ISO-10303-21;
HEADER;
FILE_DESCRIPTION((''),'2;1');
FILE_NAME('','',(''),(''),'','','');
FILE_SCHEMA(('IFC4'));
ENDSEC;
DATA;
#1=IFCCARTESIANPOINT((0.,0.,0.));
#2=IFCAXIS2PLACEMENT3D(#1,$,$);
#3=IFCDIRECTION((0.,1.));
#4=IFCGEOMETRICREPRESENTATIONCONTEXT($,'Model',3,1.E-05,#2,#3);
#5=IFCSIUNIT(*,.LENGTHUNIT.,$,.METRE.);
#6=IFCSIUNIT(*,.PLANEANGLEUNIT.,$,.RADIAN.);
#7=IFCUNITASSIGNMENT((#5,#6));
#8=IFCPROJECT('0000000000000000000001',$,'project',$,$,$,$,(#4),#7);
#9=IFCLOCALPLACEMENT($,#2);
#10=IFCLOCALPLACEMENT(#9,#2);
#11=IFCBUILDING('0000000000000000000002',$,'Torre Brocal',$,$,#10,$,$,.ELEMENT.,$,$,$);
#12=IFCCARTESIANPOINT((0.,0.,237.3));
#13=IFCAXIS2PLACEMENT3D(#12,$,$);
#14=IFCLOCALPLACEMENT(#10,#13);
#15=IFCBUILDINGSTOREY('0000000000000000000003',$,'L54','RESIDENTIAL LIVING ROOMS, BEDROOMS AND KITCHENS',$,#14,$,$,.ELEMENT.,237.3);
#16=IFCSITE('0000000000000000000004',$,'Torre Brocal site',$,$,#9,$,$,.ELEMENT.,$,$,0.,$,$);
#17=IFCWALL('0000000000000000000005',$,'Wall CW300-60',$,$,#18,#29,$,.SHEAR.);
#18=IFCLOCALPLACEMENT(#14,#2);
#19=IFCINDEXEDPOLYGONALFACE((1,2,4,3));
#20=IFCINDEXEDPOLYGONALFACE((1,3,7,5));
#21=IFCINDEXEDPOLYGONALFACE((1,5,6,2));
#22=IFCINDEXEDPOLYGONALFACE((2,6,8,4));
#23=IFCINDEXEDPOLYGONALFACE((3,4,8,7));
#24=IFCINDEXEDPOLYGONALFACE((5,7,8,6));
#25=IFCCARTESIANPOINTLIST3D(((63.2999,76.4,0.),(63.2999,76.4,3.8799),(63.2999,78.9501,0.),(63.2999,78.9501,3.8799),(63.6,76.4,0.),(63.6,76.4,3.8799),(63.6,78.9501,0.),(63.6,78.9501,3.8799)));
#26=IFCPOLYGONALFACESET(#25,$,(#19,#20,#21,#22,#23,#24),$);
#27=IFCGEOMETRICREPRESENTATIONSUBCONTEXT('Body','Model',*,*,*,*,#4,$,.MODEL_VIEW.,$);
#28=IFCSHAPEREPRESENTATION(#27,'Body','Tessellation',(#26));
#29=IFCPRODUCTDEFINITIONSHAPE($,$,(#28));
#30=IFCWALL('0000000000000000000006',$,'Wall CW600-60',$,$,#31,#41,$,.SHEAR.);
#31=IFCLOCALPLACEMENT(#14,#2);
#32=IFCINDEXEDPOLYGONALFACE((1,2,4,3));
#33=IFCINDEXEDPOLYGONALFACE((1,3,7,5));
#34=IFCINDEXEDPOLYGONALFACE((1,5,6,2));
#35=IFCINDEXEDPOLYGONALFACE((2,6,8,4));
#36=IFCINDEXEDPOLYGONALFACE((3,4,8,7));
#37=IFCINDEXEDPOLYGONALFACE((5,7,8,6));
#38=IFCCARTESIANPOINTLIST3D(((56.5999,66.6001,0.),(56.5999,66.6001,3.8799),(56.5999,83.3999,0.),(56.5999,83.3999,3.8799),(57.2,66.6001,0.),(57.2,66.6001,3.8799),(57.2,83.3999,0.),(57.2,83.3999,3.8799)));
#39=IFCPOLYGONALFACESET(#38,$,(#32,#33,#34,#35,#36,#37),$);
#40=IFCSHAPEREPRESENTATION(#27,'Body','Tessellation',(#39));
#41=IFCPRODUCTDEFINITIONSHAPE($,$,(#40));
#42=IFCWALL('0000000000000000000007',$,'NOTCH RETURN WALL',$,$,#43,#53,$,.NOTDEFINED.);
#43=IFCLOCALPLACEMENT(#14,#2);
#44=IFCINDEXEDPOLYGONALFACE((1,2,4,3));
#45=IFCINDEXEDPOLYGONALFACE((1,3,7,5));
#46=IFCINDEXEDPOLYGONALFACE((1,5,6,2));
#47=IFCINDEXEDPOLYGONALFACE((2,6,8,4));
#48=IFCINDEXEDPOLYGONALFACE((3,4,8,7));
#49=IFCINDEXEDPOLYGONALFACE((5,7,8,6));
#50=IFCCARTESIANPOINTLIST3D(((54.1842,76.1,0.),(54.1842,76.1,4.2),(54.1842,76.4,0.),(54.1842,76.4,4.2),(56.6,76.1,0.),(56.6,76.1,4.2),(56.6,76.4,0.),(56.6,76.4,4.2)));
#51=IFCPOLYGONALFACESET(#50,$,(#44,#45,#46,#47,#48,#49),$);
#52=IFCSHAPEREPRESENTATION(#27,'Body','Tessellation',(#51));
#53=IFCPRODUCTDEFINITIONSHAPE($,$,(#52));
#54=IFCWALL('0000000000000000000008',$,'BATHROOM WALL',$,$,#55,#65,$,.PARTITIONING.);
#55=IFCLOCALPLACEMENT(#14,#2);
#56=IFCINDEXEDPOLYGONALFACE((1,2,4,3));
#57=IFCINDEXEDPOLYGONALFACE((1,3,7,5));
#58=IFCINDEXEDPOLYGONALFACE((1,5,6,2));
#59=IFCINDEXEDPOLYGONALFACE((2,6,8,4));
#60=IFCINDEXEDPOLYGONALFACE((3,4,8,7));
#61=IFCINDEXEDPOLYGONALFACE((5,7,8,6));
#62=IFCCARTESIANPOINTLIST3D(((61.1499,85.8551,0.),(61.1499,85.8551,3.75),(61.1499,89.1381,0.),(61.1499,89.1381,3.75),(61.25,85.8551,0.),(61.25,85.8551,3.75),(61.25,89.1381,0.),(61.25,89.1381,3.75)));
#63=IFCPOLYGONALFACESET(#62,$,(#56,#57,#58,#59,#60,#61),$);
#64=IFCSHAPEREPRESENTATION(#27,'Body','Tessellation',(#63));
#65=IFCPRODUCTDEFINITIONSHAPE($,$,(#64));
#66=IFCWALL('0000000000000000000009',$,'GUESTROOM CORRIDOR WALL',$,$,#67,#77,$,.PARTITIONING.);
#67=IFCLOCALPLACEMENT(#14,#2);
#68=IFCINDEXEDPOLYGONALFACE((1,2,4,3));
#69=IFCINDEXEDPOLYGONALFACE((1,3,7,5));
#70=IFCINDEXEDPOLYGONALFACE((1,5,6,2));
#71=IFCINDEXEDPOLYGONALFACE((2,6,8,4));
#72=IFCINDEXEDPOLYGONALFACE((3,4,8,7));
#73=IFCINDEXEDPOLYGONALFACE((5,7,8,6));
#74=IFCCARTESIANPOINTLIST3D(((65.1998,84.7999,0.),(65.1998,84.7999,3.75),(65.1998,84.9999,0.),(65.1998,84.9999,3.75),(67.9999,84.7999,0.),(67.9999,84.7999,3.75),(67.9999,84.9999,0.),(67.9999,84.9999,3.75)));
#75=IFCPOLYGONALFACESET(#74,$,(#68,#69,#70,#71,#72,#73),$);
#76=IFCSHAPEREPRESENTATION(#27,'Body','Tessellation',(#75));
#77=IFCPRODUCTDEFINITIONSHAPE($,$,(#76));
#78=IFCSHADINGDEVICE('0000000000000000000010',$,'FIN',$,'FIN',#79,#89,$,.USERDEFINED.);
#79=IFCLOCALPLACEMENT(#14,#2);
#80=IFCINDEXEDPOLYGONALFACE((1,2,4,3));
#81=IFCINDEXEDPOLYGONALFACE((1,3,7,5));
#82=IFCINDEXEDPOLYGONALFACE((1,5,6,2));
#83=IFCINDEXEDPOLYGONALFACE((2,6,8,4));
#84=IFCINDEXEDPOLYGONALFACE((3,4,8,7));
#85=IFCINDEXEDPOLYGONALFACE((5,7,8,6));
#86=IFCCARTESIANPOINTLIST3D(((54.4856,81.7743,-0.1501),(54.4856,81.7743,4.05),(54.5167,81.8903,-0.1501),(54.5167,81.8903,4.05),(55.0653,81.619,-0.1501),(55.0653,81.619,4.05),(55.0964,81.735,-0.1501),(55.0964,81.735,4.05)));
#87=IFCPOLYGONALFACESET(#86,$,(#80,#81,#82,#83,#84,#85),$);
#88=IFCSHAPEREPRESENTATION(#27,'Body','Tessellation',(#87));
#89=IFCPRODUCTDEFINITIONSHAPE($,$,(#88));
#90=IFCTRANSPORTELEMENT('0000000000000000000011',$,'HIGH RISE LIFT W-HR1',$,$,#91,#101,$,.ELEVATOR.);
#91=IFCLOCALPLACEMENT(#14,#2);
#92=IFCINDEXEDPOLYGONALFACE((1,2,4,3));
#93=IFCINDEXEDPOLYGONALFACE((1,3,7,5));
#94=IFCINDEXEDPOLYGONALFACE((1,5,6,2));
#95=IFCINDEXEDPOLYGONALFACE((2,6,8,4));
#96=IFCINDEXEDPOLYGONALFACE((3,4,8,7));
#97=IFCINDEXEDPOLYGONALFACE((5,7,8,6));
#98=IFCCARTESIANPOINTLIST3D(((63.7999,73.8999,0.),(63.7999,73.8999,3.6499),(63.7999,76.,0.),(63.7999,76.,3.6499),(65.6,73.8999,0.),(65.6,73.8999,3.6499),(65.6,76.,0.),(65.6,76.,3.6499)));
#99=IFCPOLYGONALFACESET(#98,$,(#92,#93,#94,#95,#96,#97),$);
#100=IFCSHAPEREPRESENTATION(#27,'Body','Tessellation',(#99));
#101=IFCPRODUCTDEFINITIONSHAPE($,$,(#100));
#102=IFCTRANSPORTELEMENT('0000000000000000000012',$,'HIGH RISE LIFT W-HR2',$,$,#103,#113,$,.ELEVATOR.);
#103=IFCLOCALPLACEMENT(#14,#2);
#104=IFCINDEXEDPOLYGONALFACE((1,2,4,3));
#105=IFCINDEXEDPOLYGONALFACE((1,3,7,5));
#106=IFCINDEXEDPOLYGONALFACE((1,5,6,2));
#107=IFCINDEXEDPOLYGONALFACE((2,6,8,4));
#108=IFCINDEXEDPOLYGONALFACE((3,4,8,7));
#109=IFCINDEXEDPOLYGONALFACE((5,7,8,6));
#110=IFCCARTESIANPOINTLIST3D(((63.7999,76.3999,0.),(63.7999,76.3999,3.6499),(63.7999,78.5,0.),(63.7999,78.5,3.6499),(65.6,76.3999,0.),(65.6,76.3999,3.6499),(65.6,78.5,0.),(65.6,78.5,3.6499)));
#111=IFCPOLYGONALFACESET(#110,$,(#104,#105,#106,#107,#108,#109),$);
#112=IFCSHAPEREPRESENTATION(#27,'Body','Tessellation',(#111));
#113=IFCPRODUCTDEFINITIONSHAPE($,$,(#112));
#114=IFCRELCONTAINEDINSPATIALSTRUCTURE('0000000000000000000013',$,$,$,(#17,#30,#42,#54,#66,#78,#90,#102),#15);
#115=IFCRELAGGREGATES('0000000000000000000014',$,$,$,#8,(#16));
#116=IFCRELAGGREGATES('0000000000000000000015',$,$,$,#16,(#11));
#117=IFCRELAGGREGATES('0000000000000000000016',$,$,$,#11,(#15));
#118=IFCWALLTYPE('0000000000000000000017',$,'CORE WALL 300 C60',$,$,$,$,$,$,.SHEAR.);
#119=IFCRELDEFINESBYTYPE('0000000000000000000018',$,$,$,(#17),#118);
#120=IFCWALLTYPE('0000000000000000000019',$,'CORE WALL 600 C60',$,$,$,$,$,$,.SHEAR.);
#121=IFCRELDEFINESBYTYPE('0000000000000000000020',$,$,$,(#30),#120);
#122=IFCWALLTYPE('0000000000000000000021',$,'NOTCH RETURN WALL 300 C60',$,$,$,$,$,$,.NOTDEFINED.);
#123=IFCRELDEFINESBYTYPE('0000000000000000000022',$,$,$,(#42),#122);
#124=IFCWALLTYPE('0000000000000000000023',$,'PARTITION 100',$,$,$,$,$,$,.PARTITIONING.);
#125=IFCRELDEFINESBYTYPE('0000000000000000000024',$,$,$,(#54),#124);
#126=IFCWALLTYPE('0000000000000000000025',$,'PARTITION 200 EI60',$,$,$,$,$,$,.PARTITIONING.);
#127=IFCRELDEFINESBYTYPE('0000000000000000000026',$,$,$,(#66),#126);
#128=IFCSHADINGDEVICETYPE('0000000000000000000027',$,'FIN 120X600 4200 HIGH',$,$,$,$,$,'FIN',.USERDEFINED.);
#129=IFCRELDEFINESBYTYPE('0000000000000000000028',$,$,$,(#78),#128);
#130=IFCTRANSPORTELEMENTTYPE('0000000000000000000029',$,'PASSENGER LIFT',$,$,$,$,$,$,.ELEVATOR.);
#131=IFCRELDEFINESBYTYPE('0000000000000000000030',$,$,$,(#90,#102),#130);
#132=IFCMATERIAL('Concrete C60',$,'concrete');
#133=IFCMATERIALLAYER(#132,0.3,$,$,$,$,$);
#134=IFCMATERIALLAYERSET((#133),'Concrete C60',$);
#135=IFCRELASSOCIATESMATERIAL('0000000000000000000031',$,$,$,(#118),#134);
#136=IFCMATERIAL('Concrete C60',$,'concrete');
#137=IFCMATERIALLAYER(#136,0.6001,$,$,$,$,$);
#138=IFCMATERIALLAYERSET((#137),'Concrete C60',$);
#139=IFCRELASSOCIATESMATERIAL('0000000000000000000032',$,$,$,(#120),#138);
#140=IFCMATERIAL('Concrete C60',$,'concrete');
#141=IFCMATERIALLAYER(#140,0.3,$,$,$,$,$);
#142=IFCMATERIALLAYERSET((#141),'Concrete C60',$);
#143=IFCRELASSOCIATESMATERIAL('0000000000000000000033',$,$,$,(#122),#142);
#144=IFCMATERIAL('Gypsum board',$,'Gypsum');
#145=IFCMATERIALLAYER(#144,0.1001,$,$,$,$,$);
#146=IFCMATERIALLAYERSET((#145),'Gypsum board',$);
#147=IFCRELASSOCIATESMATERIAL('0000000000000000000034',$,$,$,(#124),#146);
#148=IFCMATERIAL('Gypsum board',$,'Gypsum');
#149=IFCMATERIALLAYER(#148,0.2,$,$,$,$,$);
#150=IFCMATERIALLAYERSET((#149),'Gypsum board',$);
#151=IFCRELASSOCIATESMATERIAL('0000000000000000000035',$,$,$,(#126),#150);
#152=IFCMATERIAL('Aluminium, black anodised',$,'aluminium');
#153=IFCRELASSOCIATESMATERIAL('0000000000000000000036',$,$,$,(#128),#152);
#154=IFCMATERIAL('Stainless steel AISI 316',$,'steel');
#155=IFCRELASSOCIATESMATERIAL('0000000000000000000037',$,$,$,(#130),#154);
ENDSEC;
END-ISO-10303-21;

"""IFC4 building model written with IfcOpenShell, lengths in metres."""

from ifc_helpers import new_model, si_unit, direction, frame, frame_2d, origin, origin_2d, place, context, subcontext, project, spatial, rectangle, extrude, material, layer, layer_set, material_profile, profile_set, type_object, element, save


model = new_model("IFC4")

# Units and contexts
model_context = context("Model", 3, precision=1e-05, world=origin(), true_north=direction((0.0, 1.0)))
body_context = subcontext(model_context, "Body", "Model", "MODEL_VIEW")
ifc_project = project(units=[si_unit("LENGTHUNIT", "METRE"), si_unit("PLANEANGLEUNIT", "RADIAN")], contexts=[model_context])

# Site, building, storey
site_placement = place(None, origin())
site = spatial("IfcSite", under=ifc_project, at=site_placement, Name="Torre Brocal site", CompositionType="ELEMENT", RefElevation=0.0)
building_placement = place(site_placement, origin())
building = spatial("IfcBuilding", under=site, at=building_placement, Name="Torre Brocal", CompositionType="ELEMENT")
storey_placement = place(building_placement, frame((0.0, 0.0, 237.3)))
storey = spatial("IfcBuildingStorey", under=building, at=storey_placement, Name="L54", Description="RESIDENTIAL LIVING ROOMS, BEDROOMS AND KITCHENS", CompositionType="ELEMENT", Elevation=237.3)

# Walls
ifc_material_1 = material(Name="Concrete C60", Category="concrete")
ifc_layer_1 = layer(ifc_material_1, 0.3)
ifc_layer_set_1 = layer_set([ifc_layer_1], Name="Concrete C60")
wall_type_1 = type_object("IfcWallType", Name="CORE WALL 300 C60", PredefinedType="SHEAR", material=ifc_layer_set_1)
for number, where, z_axis, x_axis, name in (
    (1, (63.45, 78.95, 0.0), (0.0, 0.0, 1.0), (0.0, -1.0, 0.0), "Wall CW300-60"),
):
    element("IfcWall", number, at=place(storey_placement, frame(where, z_axis=z_axis, x_axis=x_axis)), inside=storey, type_object=wall_type_1, Name=name, PredefinedType="SHEAR", context=body_context, shape_type="SweptSolid", body=[
        extrude(rectangle(XDim=2.55, YDim=0.3, at=frame_2d((1.2749, 0.0))), origin(), (0.0, 0.0, 1.0), 3.8799),
    ])
ifc_material_2 = material(Name="Concrete C60", Category="concrete")
ifc_layer_2 = layer(ifc_material_2, 0.6001)
ifc_layer_set_2 = layer_set([ifc_layer_2], Name="Concrete C60")
wall_type_2 = type_object("IfcWallType", Name="CORE WALL 600 C60", PredefinedType="SHEAR", material=ifc_layer_set_2)
wall_1_placement = place(storey_placement, frame((56.8999, 83.3999, 0.0), z_axis=(0.0, 0.0, 1.0), x_axis=(0.0, -1.0, 0.0)))
element("IfcWall", 2, at=wall_1_placement, inside=storey, type_object=wall_type_2, Name="Wall CW600-60", PredefinedType="SHEAR", context=body_context, shape_type="SweptSolid", body=[
    extrude(rectangle(XDim=16.7998, YDim=0.6001, at=frame_2d((8.3999, 0.0))), origin(), (0.0, 0.0, 1.0), 3.8799),
])
ifc_material_3 = material(Name="Concrete C60", Category="concrete")
ifc_layer_3 = layer(ifc_material_3, 0.3)
ifc_layer_set_3 = layer_set([ifc_layer_3], Name="Concrete C60")
wall_type_3 = type_object("IfcWallType", Name="NOTCH RETURN WALL 300 C60", PredefinedType="NOTDEFINED", material=ifc_layer_set_3)
wall_2_placement = place(storey_placement, frame((56.6001, 76.25, 0.0), z_axis=(0.0, 0.0, 1.0), x_axis=(-1.0, 0.0, 0.0)))
element("IfcWall", 3, at=wall_2_placement, inside=storey, type_object=wall_type_3, Name="NOTCH RETURN WALL", PredefinedType="NOTDEFINED", context=body_context, shape_type="SweptSolid", body=[
    extrude(rectangle(XDim=2.4158, YDim=0.3, at=frame_2d((1.208, 0.0))), origin(), (0.0, 0.0, 1.0), 4.2),
])
ifc_material_4 = material(Name="Gypsum board", Category="Gypsum")
ifc_layer_4 = layer(ifc_material_4, 0.1001)
ifc_layer_set_4 = layer_set([ifc_layer_4], Name="Gypsum board")
wall_type_4 = type_object("IfcWallType", Name="PARTITION 100", PredefinedType="PARTITIONING", material=ifc_layer_set_4)
wall_3_placement = place(storey_placement, frame((61.2, 85.855, 0.0), z_axis=(0.0, 0.0, 1.0), x_axis=(0.0, 1.0, 0.0)))
element("IfcWall", 4, at=wall_3_placement, inside=storey, type_object=wall_type_4, Name="BATHROOM WALL", PredefinedType="PARTITIONING", context=body_context, shape_type="SweptSolid", body=[
    extrude(rectangle(XDim=3.283, YDim=0.1001, at=frame_2d((1.6416, 0.0))), origin(), (0.0, 0.0, 1.0), 3.75),
])
ifc_material_5 = material(Name="Gypsum board", Category="Gypsum")
ifc_layer_5 = layer(ifc_material_5, 0.2)
ifc_layer_set_5 = layer_set([ifc_layer_5], Name="Gypsum board")
wall_type_5 = type_object("IfcWallType", Name="PARTITION 200 EI60", PredefinedType="PARTITIONING", material=ifc_layer_set_5)
wall_4_placement = place(storey_placement, frame((65.2, 84.8999, 0.0), z_axis=(0.0, 0.0, 1.0), x_axis=(1.0, 0.0, 0.0)))
element("IfcWall", 5, at=wall_4_placement, inside=storey, type_object=wall_type_5, Name="GUESTROOM CORRIDOR WALL", PredefinedType="PARTITIONING", context=body_context, shape_type="SweptSolid", body=[
    extrude(rectangle(XDim=2.8, YDim=0.2, at=frame_2d((1.3999, 0.0))), origin(), (0.0, 0.0, 1.0), 3.75),
])

# Shading device
ifc_material_6 = material(Name="Aluminium, black anodised", Category="aluminium")
ifc_material_profile_1 = material_profile(ifc_material_6, rectangle(XDim=0.1201, YDim=0.6001, at=origin_2d()), Name="FIN 120X600 4200 HIGH")
ifc_profile_set_1 = profile_set([ifc_material_profile_1], Name="Aluminium, black anodised")
shading_device_type = type_object("IfcShadingDeviceType", Name="FIN 120X600 4200 HIGH", ElementType="FIN", PredefinedType="USERDEFINED", material=ifc_profile_set_1)
shading_device_placement = place(storey_placement, frame((54.791, 81.7546, -0.1501), z_axis=(0.0, 0.0, 1.0), x_axis=(-0.258819, -0.965926, 0.0)))
element("IfcShadingDevice", 6, at=shading_device_placement, inside=storey, type_object=shading_device_type, Name="FIN", ObjectType="FIN", PredefinedType="USERDEFINED", context=body_context, shape_type="SweptSolid", body=[
    extrude(rectangle(XDim=0.1201, YDim=0.6001, at=origin_2d()), origin(), (0.0, 0.0, 1.0), 4.2002),
])

# Transport elements
ifc_material_7 = material(Name="Stainless steel AISI 316", Category="steel")
transport_element_type = type_object("IfcTransportElementType", Name="PASSENGER LIFT", PredefinedType="ELEVATOR", material=ifc_material_7)
for number, where, z_axis, x_axis, name in (
    (7, (64.7, 74.95, 0.0), (0.0, 0.0, 1.0), (1.0, 0.0, 0.0), "HIGH RISE LIFT W-HR1"),
    (8, (64.7, 77.45, 0.0), (0.0, 0.0, 1.0), (1.0, 0.0, 0.0), "HIGH RISE LIFT W-HR2"),
):
    element("IfcTransportElement", number, at=place(storey_placement, frame(where, z_axis=z_axis, x_axis=x_axis)), inside=storey, type_object=transport_element_type, Name=name, PredefinedType="ELEVATOR", context=body_context, shape_type="SweptSolid", body=[
        extrude(rectangle(XDim=1.8, YDim=2.1001, at=origin_2d()), origin(), (0.0, 0.0, 1.0), 3.6499),
    ])

save(model, "model.ifc")
